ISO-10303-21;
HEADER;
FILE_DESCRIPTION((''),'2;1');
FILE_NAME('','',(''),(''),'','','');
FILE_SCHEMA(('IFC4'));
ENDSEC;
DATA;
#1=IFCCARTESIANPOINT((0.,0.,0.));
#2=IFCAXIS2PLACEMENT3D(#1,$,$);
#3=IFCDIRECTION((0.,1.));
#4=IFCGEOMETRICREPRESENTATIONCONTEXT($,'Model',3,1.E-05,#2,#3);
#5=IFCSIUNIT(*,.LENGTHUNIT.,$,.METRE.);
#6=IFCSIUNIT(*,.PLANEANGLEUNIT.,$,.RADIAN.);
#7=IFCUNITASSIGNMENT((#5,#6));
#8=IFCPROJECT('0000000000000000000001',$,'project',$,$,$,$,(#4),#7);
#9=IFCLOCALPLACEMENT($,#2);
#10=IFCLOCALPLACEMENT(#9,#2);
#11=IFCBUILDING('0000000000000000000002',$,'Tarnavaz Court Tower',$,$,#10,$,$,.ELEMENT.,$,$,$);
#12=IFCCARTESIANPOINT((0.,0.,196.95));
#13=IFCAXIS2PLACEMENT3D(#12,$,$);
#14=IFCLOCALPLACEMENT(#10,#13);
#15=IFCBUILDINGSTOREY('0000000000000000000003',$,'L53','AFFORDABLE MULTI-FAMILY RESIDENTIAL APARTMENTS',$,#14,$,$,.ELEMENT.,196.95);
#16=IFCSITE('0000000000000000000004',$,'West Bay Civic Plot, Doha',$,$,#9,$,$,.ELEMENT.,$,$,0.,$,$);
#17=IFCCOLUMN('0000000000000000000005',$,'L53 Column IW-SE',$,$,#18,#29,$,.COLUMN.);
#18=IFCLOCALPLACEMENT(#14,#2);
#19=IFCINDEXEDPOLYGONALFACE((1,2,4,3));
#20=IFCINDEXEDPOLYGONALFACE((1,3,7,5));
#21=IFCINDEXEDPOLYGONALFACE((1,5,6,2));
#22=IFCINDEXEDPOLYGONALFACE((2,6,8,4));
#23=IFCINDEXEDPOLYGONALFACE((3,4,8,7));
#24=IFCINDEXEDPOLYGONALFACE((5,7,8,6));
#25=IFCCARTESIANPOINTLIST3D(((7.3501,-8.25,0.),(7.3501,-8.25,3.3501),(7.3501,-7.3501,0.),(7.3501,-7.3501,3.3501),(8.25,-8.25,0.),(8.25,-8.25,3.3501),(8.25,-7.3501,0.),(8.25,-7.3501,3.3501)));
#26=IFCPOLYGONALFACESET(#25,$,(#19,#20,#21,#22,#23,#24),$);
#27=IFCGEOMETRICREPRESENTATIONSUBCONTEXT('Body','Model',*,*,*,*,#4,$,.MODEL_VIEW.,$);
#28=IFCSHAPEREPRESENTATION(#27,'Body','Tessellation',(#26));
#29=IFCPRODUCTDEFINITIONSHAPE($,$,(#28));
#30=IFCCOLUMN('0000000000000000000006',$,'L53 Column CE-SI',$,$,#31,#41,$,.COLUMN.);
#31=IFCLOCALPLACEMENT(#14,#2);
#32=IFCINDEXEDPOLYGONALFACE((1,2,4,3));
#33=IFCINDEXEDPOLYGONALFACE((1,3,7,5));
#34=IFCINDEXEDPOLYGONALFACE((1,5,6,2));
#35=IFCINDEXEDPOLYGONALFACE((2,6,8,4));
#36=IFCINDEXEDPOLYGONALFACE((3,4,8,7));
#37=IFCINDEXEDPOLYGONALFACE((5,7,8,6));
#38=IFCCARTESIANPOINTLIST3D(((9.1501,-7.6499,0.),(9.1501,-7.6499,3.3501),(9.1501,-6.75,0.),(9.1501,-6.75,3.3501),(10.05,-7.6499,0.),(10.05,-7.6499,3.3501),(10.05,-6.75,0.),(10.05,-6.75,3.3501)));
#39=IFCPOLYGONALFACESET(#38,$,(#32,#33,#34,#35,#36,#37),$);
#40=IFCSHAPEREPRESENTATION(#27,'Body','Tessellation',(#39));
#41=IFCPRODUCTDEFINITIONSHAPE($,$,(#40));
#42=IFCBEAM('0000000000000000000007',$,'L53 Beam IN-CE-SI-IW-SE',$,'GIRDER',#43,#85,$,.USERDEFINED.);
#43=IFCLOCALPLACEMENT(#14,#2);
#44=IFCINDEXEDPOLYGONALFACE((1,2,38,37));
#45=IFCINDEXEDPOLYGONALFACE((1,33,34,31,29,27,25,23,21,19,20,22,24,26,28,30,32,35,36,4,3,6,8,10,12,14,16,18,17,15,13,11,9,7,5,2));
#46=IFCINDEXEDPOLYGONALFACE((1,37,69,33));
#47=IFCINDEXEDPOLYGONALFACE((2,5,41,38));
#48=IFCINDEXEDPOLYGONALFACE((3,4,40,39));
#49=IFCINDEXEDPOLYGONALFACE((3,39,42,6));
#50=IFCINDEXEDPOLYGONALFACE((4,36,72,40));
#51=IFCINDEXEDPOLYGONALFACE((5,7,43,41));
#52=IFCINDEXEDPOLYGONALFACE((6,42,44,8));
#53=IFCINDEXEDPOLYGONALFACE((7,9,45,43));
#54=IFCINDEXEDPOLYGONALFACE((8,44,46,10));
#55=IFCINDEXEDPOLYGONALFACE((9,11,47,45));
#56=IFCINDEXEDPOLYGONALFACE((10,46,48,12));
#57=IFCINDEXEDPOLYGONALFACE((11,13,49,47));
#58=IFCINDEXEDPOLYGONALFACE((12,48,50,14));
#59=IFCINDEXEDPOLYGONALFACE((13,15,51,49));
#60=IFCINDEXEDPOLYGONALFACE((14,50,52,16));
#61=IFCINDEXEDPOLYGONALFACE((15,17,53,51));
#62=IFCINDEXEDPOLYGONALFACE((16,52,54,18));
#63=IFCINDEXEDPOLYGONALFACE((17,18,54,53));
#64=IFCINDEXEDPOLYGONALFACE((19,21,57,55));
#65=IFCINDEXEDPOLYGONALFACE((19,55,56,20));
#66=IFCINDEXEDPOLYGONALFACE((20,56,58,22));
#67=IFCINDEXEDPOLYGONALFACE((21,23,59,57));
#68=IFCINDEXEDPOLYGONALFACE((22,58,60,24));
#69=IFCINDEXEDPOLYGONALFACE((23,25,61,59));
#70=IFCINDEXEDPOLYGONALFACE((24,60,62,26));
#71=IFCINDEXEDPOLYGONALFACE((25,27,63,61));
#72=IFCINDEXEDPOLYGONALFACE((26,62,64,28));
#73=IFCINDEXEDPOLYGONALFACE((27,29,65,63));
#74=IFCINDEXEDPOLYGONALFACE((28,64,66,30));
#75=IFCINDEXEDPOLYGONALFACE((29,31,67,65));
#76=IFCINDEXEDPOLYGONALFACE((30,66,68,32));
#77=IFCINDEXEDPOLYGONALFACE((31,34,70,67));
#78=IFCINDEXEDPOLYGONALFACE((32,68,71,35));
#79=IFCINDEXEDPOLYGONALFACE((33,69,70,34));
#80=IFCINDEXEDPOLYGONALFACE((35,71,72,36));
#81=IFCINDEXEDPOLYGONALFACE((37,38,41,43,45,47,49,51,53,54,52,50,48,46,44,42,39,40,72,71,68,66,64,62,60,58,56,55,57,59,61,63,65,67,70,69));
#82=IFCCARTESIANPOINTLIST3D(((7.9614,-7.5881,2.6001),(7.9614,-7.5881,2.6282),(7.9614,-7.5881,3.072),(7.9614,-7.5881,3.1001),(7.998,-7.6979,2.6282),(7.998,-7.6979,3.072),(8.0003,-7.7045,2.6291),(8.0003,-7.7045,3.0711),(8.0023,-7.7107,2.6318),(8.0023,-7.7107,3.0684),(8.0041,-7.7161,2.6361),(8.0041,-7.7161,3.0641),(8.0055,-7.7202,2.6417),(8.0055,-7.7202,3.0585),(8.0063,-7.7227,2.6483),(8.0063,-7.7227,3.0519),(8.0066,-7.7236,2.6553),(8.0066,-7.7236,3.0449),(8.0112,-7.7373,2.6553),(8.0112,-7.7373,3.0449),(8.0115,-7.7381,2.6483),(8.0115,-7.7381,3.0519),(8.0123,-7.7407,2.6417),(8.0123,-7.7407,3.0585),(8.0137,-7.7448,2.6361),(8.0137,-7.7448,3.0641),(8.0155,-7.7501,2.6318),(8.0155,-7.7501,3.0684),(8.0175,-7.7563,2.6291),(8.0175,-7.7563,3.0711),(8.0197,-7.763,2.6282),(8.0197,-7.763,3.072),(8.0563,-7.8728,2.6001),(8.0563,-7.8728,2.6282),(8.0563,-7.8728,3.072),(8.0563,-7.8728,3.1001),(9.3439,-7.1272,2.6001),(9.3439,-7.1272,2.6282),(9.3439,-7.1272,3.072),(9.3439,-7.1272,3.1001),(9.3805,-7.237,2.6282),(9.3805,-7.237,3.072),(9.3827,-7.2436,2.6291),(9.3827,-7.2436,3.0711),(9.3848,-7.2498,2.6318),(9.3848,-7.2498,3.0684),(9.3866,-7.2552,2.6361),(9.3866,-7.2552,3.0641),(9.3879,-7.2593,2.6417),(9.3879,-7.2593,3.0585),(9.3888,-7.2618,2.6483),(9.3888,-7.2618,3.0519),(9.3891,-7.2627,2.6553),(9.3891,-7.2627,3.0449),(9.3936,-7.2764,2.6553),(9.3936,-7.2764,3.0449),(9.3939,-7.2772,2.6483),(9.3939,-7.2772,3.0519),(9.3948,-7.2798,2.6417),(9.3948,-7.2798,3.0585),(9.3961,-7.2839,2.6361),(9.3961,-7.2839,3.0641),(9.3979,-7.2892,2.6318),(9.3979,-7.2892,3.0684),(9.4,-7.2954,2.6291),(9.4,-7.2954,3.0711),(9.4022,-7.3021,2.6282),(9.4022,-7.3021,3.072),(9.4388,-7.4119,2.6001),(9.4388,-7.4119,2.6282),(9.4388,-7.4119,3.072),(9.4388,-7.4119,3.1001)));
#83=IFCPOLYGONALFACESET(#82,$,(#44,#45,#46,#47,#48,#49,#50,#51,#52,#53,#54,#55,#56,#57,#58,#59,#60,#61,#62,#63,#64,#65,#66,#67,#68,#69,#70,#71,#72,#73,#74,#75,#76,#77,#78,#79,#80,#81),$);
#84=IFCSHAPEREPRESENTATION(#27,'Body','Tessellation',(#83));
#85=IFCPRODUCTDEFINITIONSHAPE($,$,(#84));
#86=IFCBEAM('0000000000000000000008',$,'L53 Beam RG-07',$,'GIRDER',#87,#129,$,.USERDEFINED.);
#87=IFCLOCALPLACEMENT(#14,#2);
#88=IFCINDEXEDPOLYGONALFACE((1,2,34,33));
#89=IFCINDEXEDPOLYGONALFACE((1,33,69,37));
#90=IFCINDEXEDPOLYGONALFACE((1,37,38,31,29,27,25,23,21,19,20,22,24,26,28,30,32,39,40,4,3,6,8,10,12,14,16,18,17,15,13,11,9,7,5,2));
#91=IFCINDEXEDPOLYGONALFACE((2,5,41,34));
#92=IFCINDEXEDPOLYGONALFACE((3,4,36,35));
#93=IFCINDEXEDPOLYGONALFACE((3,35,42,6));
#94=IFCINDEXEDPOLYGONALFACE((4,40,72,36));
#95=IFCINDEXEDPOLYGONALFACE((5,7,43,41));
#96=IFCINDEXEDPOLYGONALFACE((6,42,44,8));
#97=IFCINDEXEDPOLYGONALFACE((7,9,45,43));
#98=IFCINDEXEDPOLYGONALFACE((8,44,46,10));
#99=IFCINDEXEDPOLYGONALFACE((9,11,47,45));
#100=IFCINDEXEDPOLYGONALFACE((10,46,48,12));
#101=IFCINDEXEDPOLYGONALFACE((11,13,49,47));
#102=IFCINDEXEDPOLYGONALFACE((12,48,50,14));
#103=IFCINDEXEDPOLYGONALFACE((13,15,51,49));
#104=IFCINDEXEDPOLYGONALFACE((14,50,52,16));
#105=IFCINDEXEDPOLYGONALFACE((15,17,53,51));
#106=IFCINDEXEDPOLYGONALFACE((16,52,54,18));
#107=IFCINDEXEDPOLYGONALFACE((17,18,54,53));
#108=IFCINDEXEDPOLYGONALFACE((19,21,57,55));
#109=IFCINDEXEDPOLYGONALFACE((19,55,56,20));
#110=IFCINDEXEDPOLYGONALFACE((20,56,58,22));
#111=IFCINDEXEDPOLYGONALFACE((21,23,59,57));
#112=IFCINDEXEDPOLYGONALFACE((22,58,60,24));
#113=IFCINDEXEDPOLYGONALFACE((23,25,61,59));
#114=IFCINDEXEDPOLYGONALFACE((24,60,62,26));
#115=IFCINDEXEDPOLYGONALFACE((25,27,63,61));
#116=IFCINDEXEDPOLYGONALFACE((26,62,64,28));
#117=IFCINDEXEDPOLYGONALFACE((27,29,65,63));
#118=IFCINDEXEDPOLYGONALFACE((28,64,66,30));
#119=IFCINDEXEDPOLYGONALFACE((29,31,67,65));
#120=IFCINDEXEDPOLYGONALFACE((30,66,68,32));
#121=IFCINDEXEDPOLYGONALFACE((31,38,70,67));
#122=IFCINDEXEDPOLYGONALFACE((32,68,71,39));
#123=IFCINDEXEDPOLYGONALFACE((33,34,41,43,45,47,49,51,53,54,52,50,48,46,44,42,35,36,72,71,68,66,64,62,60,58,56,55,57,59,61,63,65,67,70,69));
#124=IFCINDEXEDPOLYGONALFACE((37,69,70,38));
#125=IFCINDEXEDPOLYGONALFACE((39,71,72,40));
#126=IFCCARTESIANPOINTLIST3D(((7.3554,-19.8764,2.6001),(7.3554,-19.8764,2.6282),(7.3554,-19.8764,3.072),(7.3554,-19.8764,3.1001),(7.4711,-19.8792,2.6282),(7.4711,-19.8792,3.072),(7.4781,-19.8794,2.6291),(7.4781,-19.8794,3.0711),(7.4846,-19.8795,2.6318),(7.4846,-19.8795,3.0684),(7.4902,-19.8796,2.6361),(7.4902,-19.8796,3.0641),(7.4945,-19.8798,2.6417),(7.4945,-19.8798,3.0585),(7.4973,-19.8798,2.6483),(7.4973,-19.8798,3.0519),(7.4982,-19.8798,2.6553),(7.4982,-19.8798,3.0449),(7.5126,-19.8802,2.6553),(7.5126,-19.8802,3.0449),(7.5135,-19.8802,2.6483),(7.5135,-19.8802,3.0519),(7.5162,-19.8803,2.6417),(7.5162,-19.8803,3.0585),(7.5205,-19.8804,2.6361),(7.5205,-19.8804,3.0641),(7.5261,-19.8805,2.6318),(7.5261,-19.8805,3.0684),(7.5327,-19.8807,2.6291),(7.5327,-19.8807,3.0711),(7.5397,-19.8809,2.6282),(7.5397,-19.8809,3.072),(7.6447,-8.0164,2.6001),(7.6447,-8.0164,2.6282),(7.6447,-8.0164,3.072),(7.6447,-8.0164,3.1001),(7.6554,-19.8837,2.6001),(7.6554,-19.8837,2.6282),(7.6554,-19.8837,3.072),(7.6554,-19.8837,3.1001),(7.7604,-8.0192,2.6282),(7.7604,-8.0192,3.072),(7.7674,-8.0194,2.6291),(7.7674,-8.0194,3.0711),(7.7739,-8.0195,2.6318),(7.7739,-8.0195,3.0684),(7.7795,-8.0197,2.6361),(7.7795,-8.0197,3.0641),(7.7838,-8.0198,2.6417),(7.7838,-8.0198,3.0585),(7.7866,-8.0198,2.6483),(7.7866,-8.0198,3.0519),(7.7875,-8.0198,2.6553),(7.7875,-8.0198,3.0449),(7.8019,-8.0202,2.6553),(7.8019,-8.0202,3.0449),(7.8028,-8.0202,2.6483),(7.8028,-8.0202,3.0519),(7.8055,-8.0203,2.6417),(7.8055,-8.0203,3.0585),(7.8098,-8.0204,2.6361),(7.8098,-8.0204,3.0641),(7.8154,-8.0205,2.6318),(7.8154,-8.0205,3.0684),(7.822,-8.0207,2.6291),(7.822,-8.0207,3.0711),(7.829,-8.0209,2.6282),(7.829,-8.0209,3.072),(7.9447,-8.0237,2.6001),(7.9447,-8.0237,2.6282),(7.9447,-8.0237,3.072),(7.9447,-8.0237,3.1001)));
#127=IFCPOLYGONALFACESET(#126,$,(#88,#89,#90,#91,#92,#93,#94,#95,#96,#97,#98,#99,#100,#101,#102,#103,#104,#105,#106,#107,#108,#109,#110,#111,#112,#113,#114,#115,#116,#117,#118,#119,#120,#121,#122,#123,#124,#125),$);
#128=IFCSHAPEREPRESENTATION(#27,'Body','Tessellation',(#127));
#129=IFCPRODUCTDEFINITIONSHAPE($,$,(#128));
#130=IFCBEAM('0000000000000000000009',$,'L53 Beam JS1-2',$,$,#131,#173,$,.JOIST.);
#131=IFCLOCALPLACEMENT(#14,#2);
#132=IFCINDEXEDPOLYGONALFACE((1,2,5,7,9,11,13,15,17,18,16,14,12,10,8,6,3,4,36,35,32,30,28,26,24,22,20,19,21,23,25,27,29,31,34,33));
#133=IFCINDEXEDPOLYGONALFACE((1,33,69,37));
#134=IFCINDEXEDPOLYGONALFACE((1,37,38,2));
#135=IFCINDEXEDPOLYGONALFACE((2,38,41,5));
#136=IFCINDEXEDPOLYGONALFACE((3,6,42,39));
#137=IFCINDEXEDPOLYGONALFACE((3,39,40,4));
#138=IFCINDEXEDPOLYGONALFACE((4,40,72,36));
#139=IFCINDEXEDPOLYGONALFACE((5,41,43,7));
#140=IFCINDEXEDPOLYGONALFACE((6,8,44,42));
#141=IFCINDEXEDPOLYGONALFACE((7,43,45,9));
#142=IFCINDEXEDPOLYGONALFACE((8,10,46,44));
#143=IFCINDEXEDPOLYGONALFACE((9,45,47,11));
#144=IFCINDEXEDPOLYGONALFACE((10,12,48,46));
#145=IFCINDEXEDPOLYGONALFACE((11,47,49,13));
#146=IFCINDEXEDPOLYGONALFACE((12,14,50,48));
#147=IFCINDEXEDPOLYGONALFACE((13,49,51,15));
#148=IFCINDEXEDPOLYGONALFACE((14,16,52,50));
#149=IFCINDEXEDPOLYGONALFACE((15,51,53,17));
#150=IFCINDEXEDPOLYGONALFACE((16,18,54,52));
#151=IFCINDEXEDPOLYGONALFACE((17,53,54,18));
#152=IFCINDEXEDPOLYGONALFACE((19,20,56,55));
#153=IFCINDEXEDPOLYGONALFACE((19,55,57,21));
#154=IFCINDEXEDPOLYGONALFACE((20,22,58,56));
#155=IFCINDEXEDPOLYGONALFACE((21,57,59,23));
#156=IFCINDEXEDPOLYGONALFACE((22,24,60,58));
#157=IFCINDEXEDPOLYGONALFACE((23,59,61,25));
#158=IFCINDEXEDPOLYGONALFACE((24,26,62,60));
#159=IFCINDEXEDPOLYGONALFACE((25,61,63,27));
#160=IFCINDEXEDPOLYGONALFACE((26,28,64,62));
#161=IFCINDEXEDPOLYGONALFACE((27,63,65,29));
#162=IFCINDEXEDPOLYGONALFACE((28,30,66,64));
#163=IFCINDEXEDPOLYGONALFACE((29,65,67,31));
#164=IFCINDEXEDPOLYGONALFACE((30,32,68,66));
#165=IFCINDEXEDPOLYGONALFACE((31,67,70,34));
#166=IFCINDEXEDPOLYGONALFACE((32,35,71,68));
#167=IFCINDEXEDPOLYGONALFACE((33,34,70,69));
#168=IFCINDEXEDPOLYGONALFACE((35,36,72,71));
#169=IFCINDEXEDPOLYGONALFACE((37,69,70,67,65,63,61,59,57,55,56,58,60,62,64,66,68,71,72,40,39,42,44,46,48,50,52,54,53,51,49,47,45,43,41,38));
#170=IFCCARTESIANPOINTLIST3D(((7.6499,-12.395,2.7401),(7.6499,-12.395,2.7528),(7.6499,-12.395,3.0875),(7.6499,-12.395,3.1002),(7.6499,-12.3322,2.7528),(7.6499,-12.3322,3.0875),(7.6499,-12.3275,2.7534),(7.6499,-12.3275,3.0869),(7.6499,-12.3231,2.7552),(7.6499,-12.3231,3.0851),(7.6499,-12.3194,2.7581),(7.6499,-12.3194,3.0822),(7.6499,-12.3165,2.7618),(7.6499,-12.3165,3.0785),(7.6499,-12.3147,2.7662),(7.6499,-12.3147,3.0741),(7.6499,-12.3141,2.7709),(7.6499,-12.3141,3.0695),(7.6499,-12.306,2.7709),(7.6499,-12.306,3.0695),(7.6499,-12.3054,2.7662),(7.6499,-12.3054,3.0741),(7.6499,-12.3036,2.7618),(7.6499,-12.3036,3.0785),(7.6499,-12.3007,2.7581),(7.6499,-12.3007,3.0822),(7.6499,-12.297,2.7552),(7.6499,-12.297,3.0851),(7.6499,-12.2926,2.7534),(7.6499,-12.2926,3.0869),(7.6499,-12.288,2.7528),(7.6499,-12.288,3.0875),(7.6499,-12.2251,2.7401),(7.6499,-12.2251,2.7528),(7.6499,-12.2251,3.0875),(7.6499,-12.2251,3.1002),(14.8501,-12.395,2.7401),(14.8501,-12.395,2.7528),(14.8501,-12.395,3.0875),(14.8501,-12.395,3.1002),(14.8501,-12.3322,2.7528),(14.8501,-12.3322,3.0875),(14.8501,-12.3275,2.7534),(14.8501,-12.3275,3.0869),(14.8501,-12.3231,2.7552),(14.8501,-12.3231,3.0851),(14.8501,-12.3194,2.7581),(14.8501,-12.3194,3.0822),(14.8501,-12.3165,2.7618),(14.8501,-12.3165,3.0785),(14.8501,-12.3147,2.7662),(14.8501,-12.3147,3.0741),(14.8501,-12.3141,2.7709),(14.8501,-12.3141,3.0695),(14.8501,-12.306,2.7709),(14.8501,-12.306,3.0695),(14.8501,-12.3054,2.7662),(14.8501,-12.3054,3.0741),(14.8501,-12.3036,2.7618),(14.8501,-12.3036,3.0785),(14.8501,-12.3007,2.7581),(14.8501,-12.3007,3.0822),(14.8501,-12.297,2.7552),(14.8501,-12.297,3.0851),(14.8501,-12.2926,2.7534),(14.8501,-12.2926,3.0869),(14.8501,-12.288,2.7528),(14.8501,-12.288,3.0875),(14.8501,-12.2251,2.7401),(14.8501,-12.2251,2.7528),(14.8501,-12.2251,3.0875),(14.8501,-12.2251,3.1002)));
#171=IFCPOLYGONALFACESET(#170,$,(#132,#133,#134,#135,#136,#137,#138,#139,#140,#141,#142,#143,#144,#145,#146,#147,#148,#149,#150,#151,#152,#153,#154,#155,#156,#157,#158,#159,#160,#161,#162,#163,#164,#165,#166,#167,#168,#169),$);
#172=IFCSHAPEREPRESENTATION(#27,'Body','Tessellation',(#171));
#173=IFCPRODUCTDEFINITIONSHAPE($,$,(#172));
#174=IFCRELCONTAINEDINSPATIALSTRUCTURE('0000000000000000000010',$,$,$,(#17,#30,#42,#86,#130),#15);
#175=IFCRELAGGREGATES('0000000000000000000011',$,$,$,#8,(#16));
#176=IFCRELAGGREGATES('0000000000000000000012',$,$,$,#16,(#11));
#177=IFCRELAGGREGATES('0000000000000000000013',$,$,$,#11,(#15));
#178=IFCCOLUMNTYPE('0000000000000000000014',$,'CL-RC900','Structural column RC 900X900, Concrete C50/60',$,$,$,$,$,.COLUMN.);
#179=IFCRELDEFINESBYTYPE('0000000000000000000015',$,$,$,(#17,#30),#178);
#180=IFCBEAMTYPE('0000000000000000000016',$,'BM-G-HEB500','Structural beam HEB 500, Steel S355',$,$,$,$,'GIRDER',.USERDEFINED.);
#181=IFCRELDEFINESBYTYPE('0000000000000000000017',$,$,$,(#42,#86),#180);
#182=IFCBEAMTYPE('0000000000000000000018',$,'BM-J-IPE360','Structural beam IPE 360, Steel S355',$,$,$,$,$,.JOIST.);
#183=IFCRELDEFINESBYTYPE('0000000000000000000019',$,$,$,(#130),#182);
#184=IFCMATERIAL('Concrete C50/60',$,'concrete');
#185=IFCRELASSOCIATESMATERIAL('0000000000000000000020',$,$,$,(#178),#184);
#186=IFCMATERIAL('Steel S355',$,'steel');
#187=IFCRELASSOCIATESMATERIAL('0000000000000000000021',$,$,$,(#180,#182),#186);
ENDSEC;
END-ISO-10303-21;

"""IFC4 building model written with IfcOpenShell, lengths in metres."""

from ifc_helpers import new_model, si_unit, direction, frame, origin, origin_2d, place, context, subcontext, project, spatial, rectangle, i_section, extrude, material, material_profile, profile_set, type_object, element, save


model = new_model("IFC4")

# Units and contexts
model_context = context("Model", 3, precision=1e-05, world=origin(), true_north=direction((0.0, 1.0)))
body_context = subcontext(model_context, "Body", "Model", "MODEL_VIEW")
ifc_project = project(units=[si_unit("LENGTHUNIT", "METRE"), si_unit("PLANEANGLEUNIT", "RADIAN")], contexts=[model_context])

# Site, building, storey
site_placement = place(None, origin())
site = spatial("IfcSite", under=ifc_project, at=site_placement, Name="West Bay Civic Plot, Doha", CompositionType="ELEMENT", RefElevation=0.0)
building_placement = place(site_placement, origin())
building = spatial("IfcBuilding", under=site, at=building_placement, Name="Tarnavaz Court Tower", CompositionType="ELEMENT")
storey_placement = place(building_placement, frame((0.0, 0.0, 196.95)))
storey = spatial("IfcBuildingStorey", under=building, at=storey_placement, Name="L53", Description="AFFORDABLE MULTI-FAMILY RESIDENTIAL APARTMENTS", CompositionType="ELEMENT", Elevation=196.95)

# Columns
ifc_material_1 = material(Name="Concrete C50/60", Category="concrete")
ifc_material_profile_1 = material_profile(ifc_material_1, rectangle(XDim=0.8999, YDim=0.8999, at=origin_2d()), Name="RC 900X900")
ifc_profile_set_1 = profile_set([ifc_material_profile_1], Name="Concrete C50/60")
column_type = type_object("IfcColumnType", Name="CL-RC900", Description="Structural column RC 900X900, Concrete C50/60", PredefinedType="COLUMN", material=ifc_profile_set_1)
for number, where, z_axis, x_axis, name in (
    (1, (7.8, -7.8, 0.0), (0.0, 0.0, 1.0), (1.0, 0.0, 0.0), "L53 Column IW-SE"),
    (2, (9.6001, -7.2, 0.0), (0.0, 0.0, 1.0), (1.0, 0.0, 0.0), "L53 Column CE-SI"),
):
    element("IfcColumn", number, at=place(storey_placement, frame(where, z_axis=z_axis, x_axis=x_axis)), inside=storey, type_object=column_type, Name=name, PredefinedType="COLUMN", context=body_context, shape_type="SweptSolid", body=[
        extrude(rectangle(XDim=0.8999, YDim=0.8999, at=origin_2d()), origin(), (0.0, 0.0, 1.0), 3.3501),
    ])

# Beams
ifc_material_2 = material(Name="Steel S355", Category="steel")
ifc_material_profile_2 = material_profile(ifc_material_2, i_section(OverallWidth=0.3, OverallDepth=0.5, WebThickness=0.0144, FlangeThickness=0.0281, FilletRadius=0.0271, at=origin_2d()), Name="HEB 500")
ifc_profile_set_2 = profile_set([ifc_material_profile_2], Name="Steel S355")
beam_type_1 = type_object("IfcBeamType", Name="BM-G-HEB500", Description="Structural beam HEB 500, Steel S355", ElementType="GIRDER", PredefinedType="USERDEFINED", material=ifc_profile_set_2)
beam_1_placement = place(storey_placement, frame((9.3914, -7.2695, 2.8501), z_axis=(-0.948667, -0.316278, 0.0), x_axis=(0.316278, -0.948667, 0.0)))
element("IfcBeam", 3, at=beam_1_placement, inside=storey, type_object=beam_type_1, Name="L53 Beam IN-CE-SI-IW-SE", ObjectType="GIRDER", PredefinedType="USERDEFINED", context=body_context, shape_type="SweptSolid", body=[
    extrude(i_section(OverallWidth=0.3, OverallDepth=0.5, WebThickness=0.0144, FlangeThickness=0.0281, FilletRadius=0.0271, at=origin_2d()), origin(), (0.0, 0.0, 1.0), 1.4573),
])
beam_2_placement = place(storey_placement, frame((7.7947, -8.02, 2.8501), z_axis=(-0.024386, -0.999703, 0.0), x_axis=(0.999703, -0.024386, 0.0)))
element("IfcBeam", 4, at=beam_2_placement, inside=storey, type_object=beam_type_1, Name="L53 Beam RG-07", ObjectType="GIRDER", PredefinedType="USERDEFINED", context=body_context, shape_type="SweptSolid", body=[
    extrude(i_section(OverallWidth=0.3, OverallDepth=0.5, WebThickness=0.0144, FlangeThickness=0.0281, FilletRadius=0.0271, at=origin_2d()), origin(), (0.0, 0.0, 1.0), 11.8635),
])
ifc_material_profile_3 = material_profile(ifc_material_2, i_section(OverallWidth=0.1699, OverallDepth=0.3601, WebThickness=0.0081, FlangeThickness=0.0127, FilletRadius=0.0181, at=origin_2d()), Name="IPE 360")
ifc_profile_set_3 = profile_set([ifc_material_profile_3], Name="Steel S355")
beam_type_2 = type_object("IfcBeamType", Name="BM-J-IPE360", Description="Structural beam IPE 360, Steel S355", PredefinedType="JOIST", material=ifc_profile_set_3)
for number, where, z_axis, x_axis, name in (
    (5, (7.6499, -12.3101, 2.9202), (1.0, 0.0, 0.0), (0.0, 1.0, 0.0), "L53 Beam JS1-2"),
):
    element("IfcBeam", number, at=place(storey_placement, frame(where, z_axis=z_axis, x_axis=x_axis)), inside=storey, type_object=beam_type_2, Name=name, PredefinedType="JOIST", context=body_context, shape_type="SweptSolid", body=[
        extrude(i_section(OverallWidth=0.1699, OverallDepth=0.3601, WebThickness=0.0081, FlangeThickness=0.0127, FilletRadius=0.0181, at=origin_2d()), origin(), (0.0, 0.0, 1.0), 7.2002),
    ])

save(model, "model.ifc")
